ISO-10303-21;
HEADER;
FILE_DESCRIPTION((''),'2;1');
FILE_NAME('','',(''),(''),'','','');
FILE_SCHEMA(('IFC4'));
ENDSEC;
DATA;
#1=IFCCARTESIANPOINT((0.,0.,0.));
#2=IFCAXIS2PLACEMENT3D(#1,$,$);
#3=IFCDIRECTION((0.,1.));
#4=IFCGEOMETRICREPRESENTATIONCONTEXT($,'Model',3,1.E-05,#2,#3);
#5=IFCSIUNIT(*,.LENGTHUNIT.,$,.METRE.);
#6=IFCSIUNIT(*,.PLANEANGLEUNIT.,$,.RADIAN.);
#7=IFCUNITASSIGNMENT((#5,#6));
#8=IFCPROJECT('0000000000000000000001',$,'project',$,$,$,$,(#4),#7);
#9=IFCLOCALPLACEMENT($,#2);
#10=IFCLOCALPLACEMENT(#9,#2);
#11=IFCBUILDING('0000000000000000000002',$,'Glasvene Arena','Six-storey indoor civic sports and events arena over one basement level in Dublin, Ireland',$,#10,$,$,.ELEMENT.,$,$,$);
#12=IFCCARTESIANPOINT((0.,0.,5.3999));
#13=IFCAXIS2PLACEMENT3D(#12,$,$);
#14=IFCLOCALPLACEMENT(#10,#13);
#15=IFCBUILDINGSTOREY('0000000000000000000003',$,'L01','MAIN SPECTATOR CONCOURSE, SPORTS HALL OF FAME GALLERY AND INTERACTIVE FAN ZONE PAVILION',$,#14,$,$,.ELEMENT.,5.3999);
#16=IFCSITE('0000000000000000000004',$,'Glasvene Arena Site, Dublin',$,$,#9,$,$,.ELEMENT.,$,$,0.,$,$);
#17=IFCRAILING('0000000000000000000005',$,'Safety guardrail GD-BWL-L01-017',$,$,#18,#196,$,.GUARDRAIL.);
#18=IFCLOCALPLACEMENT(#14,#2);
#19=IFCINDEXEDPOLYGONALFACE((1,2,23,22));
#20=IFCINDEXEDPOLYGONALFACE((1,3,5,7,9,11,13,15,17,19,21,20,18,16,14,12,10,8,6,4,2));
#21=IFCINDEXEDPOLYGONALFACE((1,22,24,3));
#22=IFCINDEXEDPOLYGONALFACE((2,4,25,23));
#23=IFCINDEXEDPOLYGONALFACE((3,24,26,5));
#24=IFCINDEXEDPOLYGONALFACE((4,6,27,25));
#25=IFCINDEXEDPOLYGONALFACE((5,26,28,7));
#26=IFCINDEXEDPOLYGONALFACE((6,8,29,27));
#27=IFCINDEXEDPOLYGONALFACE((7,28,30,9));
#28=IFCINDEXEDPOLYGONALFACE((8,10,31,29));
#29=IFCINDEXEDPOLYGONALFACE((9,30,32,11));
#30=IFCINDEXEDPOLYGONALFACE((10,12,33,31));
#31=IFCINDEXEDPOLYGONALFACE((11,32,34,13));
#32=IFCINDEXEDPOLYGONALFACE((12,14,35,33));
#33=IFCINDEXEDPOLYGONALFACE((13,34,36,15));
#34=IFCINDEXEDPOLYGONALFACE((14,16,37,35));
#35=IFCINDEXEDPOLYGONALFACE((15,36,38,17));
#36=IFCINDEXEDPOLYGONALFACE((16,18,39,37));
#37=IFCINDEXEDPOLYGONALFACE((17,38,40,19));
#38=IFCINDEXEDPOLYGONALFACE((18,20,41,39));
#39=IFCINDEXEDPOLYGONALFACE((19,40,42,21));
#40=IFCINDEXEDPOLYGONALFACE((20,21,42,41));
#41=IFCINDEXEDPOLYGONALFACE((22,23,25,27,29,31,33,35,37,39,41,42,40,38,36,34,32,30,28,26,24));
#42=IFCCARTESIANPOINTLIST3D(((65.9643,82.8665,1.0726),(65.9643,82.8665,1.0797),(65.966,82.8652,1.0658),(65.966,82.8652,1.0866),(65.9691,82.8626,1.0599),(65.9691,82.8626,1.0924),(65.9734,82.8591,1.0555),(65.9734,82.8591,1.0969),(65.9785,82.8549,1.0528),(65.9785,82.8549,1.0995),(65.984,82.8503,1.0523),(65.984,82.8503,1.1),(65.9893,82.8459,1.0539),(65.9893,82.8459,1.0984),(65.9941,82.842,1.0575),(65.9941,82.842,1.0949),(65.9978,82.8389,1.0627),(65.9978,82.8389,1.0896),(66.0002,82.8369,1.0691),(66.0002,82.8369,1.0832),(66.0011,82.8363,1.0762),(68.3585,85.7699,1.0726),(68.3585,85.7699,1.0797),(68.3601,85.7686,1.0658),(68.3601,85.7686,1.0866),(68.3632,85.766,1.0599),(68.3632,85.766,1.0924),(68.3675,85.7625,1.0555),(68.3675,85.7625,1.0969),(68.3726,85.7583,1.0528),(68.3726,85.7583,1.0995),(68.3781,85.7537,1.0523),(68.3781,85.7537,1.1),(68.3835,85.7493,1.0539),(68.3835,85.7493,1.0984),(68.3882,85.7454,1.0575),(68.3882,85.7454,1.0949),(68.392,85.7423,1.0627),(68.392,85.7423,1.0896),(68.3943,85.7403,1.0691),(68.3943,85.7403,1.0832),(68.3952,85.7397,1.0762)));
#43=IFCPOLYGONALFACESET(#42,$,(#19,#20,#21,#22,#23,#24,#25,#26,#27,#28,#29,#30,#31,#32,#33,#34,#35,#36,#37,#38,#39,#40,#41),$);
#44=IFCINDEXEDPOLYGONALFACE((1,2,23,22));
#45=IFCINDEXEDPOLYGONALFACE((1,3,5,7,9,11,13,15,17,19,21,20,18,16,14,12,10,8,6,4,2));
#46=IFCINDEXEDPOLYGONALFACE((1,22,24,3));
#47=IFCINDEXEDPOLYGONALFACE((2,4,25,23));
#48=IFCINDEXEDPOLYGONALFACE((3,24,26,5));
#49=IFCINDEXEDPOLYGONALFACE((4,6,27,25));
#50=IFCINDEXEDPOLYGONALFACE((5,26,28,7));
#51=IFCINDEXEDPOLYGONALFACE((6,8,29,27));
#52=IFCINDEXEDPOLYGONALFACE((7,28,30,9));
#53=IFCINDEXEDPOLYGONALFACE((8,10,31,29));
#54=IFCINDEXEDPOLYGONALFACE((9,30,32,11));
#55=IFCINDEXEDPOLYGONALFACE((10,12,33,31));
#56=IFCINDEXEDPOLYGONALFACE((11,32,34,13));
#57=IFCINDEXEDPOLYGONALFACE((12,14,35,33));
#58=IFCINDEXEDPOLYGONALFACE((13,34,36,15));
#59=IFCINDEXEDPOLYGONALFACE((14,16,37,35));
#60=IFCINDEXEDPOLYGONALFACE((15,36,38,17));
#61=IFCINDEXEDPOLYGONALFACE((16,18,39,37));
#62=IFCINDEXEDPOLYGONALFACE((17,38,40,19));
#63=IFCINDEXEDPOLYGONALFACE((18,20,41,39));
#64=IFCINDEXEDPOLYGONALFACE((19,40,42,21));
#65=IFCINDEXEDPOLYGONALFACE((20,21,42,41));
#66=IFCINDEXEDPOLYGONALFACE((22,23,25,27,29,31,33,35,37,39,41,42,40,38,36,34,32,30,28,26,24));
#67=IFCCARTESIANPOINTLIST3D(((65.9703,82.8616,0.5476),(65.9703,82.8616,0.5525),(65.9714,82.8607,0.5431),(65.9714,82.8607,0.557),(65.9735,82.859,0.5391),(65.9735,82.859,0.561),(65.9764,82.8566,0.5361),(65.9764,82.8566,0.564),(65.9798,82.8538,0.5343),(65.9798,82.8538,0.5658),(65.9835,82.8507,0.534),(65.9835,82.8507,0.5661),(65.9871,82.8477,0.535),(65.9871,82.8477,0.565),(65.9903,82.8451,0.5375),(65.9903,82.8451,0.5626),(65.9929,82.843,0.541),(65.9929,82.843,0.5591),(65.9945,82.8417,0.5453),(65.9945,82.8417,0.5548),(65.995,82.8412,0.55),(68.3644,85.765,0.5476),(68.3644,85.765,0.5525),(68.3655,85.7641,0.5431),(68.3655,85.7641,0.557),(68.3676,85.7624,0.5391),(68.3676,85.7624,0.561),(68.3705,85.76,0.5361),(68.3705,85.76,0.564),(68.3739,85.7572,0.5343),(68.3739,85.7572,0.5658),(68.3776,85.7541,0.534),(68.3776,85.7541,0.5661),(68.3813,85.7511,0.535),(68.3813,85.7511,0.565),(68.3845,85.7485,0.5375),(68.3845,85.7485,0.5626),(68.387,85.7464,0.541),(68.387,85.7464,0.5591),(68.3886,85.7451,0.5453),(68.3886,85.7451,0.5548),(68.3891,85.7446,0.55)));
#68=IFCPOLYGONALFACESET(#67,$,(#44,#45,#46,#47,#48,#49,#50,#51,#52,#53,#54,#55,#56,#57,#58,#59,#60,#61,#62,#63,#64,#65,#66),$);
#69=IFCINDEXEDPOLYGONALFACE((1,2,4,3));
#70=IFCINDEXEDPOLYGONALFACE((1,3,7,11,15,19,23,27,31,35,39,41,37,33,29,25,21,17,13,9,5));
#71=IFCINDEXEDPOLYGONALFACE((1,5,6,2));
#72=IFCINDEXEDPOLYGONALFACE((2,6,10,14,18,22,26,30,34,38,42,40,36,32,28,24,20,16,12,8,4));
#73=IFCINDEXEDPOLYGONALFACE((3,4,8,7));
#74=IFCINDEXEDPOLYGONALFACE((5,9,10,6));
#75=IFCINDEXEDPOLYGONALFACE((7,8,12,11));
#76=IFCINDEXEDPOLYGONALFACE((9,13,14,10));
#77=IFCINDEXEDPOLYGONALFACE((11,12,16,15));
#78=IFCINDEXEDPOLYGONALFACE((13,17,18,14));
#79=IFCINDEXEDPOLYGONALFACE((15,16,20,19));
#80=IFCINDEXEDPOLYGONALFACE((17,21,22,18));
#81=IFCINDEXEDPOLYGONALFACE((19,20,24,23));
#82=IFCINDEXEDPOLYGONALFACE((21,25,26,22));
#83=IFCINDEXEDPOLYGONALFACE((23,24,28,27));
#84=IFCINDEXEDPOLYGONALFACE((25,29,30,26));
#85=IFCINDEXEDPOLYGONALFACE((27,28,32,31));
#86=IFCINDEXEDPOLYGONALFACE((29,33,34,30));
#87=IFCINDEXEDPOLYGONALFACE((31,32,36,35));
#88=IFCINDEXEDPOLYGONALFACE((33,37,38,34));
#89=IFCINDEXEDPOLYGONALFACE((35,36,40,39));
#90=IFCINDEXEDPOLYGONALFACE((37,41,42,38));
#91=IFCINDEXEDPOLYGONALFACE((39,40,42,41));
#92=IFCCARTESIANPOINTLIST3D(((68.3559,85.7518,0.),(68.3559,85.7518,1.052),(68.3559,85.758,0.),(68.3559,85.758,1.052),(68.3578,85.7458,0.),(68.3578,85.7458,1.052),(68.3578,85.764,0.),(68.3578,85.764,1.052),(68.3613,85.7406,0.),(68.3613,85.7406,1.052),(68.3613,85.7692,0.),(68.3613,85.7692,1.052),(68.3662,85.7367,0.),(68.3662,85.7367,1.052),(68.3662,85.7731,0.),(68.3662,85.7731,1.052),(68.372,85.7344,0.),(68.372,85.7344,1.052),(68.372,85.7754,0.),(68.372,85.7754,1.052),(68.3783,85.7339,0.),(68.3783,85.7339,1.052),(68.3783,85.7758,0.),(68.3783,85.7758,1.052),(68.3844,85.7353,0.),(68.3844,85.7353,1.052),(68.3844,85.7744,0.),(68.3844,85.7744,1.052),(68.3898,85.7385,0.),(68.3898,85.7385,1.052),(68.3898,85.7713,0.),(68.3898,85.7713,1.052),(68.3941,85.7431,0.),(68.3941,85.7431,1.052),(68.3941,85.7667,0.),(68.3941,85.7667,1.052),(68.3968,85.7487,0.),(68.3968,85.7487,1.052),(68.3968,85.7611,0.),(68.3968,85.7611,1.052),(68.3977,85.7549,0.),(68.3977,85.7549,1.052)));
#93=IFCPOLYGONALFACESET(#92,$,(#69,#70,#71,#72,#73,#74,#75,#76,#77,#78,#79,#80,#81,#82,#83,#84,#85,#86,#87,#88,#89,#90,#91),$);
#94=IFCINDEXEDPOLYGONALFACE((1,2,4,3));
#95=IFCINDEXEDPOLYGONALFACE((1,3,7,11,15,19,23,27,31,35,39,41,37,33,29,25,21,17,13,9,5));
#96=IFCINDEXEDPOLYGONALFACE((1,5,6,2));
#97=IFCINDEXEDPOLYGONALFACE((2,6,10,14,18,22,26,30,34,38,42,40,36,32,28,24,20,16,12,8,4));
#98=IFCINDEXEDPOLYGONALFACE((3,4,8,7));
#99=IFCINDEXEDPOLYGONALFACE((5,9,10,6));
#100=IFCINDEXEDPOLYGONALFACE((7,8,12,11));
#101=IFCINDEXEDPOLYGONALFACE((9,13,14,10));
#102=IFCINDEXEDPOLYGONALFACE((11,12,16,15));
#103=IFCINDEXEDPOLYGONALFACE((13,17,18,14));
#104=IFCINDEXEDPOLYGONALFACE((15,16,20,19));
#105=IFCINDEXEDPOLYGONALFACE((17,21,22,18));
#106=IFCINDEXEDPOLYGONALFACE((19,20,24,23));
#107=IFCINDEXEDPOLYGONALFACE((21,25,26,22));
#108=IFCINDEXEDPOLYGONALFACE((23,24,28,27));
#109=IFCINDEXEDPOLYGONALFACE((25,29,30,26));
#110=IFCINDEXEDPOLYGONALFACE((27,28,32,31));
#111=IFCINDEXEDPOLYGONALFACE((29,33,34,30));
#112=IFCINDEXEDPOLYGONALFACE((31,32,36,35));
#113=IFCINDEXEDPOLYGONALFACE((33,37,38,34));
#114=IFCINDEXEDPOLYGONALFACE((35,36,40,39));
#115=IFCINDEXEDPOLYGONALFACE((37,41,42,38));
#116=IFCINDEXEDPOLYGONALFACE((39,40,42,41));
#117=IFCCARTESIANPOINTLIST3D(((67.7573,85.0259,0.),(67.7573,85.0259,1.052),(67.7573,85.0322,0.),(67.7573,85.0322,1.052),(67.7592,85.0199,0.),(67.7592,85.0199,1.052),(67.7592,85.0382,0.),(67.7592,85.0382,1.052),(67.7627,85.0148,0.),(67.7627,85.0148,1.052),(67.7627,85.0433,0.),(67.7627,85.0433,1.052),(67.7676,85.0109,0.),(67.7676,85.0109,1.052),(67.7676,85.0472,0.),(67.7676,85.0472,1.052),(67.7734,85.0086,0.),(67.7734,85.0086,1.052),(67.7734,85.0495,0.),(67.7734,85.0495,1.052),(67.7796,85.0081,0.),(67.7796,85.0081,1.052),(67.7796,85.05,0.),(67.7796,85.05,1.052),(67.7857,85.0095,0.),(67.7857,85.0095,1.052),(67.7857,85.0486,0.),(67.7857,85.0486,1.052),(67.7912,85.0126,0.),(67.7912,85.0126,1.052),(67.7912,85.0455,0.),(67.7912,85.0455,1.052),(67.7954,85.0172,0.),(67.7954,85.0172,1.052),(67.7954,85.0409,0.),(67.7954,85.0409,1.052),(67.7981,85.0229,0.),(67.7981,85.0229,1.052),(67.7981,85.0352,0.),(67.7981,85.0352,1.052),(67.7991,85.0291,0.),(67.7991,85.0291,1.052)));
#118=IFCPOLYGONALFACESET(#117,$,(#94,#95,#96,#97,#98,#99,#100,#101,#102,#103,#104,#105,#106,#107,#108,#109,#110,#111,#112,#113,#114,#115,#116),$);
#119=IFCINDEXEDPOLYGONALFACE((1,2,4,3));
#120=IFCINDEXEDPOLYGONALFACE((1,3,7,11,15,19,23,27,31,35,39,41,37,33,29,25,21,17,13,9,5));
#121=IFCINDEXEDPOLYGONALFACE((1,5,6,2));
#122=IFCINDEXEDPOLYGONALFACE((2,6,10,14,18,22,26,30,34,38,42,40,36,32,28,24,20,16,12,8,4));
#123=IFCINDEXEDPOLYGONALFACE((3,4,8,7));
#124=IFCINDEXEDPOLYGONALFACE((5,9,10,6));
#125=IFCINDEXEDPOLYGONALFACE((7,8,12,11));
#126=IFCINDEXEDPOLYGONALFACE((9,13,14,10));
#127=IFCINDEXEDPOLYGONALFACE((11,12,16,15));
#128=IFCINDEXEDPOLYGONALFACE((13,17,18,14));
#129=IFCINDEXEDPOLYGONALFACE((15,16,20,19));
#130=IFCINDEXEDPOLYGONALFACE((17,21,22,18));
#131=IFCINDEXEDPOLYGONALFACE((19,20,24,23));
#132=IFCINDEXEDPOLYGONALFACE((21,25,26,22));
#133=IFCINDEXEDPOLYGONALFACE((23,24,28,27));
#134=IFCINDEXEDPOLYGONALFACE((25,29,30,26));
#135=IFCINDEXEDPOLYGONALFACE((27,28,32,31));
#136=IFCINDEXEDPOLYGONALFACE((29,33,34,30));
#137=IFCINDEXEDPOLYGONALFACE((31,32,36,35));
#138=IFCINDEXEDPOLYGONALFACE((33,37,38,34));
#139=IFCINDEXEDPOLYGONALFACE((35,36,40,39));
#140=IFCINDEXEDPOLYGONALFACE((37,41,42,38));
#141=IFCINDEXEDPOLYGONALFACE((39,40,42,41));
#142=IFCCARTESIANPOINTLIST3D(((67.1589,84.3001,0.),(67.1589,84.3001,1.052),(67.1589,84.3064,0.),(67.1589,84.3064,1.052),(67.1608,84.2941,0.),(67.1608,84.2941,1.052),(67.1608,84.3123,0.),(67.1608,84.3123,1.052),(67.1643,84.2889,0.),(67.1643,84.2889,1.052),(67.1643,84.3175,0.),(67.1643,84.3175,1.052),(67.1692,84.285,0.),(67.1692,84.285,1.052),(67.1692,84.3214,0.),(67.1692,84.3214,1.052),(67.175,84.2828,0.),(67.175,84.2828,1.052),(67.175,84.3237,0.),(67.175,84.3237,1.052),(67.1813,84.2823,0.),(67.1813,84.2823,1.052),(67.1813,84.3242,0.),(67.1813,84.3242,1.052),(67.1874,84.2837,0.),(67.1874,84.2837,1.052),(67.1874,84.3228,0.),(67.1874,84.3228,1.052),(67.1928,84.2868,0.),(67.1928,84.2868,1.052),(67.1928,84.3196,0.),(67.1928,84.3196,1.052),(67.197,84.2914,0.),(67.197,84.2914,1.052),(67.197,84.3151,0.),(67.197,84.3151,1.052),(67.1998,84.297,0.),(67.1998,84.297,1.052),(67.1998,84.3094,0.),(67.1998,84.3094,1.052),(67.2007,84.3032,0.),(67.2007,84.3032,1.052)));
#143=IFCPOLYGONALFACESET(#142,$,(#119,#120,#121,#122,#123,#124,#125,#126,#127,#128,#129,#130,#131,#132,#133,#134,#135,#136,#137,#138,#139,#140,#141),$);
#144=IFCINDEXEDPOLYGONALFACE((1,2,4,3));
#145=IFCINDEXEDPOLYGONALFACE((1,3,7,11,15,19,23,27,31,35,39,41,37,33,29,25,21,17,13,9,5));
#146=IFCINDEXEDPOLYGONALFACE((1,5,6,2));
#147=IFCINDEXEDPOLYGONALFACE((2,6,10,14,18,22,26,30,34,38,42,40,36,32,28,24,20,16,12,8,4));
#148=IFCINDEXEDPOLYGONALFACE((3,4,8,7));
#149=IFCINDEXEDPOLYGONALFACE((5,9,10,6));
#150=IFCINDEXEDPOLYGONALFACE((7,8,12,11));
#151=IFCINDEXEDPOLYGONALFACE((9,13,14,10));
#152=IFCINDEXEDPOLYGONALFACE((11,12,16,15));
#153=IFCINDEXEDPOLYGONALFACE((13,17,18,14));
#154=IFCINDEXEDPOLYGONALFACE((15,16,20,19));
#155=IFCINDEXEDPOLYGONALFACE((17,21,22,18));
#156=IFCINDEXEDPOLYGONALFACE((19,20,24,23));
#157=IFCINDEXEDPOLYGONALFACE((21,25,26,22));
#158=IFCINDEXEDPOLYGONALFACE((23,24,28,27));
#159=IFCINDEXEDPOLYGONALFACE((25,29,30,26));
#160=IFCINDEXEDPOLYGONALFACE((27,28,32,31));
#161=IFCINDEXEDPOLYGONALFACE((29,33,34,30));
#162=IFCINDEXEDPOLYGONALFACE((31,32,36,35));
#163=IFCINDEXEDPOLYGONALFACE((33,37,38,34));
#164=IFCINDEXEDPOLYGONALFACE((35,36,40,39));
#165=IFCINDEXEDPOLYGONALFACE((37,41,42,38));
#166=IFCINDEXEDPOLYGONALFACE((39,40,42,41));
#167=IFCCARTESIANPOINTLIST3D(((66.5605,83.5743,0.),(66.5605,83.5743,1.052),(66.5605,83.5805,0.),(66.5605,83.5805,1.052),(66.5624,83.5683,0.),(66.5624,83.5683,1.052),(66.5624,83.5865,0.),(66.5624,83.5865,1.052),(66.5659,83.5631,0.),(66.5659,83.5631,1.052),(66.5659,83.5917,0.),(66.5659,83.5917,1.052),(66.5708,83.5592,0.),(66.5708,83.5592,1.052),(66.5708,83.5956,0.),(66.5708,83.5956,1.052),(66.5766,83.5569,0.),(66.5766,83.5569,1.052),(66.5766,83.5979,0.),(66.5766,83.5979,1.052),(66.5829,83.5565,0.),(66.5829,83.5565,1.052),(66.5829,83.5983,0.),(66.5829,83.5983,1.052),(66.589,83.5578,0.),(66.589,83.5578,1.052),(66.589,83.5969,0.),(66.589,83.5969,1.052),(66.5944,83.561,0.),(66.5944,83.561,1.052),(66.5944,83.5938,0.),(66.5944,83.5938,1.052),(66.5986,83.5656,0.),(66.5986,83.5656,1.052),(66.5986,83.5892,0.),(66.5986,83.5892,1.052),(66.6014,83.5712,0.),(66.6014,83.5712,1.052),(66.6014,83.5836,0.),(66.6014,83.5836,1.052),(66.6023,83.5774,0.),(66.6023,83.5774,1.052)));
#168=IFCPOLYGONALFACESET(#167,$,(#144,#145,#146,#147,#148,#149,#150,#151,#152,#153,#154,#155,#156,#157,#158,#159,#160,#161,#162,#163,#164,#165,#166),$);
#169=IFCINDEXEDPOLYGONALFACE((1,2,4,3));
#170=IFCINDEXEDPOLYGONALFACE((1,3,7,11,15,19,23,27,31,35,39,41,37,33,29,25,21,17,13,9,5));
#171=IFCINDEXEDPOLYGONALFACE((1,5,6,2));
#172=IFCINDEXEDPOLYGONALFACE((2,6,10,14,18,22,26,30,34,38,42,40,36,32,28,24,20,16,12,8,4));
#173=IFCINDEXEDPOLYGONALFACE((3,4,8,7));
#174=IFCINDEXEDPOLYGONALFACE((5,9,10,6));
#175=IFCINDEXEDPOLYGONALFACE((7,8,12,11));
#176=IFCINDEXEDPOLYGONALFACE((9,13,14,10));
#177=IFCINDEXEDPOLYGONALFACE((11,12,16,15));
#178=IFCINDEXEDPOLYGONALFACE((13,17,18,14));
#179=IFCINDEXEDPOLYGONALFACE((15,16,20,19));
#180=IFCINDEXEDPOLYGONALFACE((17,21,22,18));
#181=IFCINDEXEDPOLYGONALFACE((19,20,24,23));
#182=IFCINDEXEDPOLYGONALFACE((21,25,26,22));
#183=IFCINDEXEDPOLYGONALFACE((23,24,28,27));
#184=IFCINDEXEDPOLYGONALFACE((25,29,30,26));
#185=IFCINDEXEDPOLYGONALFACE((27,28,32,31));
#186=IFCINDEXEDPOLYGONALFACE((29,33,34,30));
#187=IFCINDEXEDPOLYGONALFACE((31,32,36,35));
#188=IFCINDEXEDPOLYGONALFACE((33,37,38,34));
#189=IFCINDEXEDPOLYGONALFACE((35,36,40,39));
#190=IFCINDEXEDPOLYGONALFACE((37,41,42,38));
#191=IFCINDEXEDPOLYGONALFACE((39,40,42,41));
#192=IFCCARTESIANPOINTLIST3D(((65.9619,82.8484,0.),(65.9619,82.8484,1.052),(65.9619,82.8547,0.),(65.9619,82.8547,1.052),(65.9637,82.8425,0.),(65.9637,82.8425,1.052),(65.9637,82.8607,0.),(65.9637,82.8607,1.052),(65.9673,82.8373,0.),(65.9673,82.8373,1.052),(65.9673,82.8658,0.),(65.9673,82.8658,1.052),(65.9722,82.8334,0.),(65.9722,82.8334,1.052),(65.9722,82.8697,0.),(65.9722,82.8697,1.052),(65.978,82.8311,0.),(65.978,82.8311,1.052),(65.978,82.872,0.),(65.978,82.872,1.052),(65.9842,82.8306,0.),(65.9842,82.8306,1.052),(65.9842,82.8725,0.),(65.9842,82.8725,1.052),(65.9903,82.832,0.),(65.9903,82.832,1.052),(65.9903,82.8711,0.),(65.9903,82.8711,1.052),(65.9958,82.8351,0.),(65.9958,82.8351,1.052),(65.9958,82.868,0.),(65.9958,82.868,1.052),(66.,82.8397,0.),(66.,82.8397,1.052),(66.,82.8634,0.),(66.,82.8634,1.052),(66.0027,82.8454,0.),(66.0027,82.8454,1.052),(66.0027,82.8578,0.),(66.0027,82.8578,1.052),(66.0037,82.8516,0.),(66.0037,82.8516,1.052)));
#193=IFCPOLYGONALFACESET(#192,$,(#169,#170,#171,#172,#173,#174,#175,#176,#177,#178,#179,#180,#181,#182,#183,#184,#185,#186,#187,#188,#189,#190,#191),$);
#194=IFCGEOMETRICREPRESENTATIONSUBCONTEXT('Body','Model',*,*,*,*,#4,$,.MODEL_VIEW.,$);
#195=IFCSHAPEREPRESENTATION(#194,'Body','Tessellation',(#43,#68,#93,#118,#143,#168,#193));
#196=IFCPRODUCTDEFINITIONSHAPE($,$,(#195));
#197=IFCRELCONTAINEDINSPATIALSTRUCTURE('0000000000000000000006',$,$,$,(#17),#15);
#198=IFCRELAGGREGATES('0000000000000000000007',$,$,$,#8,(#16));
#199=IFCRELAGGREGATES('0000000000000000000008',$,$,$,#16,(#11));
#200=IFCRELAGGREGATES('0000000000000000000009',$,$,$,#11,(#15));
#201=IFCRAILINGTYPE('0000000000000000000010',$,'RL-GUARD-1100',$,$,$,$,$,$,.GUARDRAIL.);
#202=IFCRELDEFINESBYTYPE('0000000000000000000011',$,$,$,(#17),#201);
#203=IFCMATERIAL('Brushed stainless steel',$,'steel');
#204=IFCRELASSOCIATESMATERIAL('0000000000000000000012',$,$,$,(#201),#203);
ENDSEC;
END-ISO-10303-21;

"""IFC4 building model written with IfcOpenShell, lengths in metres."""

from ifc_helpers import new_model, si_unit, direction, frame, origin, origin_2d, place, context, subcontext, project, spatial, circle, extrude, material, type_object, element, save


model = new_model("IFC4")

# Units and contexts
model_context = context("Model", 3, precision=1e-05, world=origin(), true_north=direction((0.0, 1.0)))
body_context = subcontext(model_context, "Body", "Model", "MODEL_VIEW")
ifc_project = project(units=[si_unit("LENGTHUNIT", "METRE"), si_unit("PLANEANGLEUNIT", "RADIAN")], contexts=[model_context])

# Site, building, storey
site_placement = place(None, origin())
site = spatial("IfcSite", under=ifc_project, at=site_placement, Name="Glasvene Arena Site, Dublin", CompositionType="ELEMENT", RefElevation=0.0)
building_placement = place(site_placement, origin())
building = spatial("IfcBuilding", under=site, at=building_placement, Name="Glasvene Arena", Description="Six-storey indoor civic sports and events arena over one basement level in Dublin, Ireland", CompositionType="ELEMENT")
storey_placement = place(building_placement, frame((0.0, 0.0, 5.3999)))
storey = spatial("IfcBuildingStorey", under=building, at=storey_placement, Name="L01", Description="MAIN SPECTATOR CONCOURSE, SPORTS HALL OF FAME GALLERY AND INTERACTIVE FAN ZONE PAVILION", CompositionType="ELEMENT", Elevation=5.3999)

# Railing
ifc_material_1 = material(Name="Brushed stainless steel", Category="steel")
railing_type = type_object("IfcRailingType", Name="RL-GUARD-1100", PredefinedType="GUARDRAIL", material=ifc_material_1)
railing_1_placement = place(storey_placement, frame((68.3767, 85.7549, 0.0)))
element("IfcRailing", 1, at=railing_1_placement, inside=storey, type_object=railing_type, Name="Safety guardrail GD-BWL-L01-017", PredefinedType="GUARDRAIL", context=body_context, shape_type="SweptSolid", body=[
    extrude(circle(Radius=0.0239, at=origin_2d()), frame((0.0, 0.0, 1.0762), z_axis=(-0.636194, -0.771529, 0.0), x_axis=(0.771529, -0.636194, 0.0)), (0.0, 0.0, 1.0), 3.7632),
    extrude(circle(Radius=0.0161, at=origin_2d()), frame((0.0, 0.0, 0.55), z_axis=(-0.636194, -0.771529, 0.0), x_axis=(0.771529, -0.636194, 0.0)), (0.0, 0.0, 1.0), 3.7632),
    extrude(circle(Radius=0.021, at=origin_2d()), origin(), (0.0, 0.0, 1.0), 1.052),
    extrude(circle(Radius=0.021, at=origin_2d()), frame((-0.5986, -0.7258, 0.0)), (0.0, 0.0, 1.0), 1.052),
    extrude(circle(Radius=0.021, at=origin_2d()), frame((-1.197, -1.4517, 0.0)), (0.0, 0.0, 1.0), 1.052),
    extrude(circle(Radius=0.021, at=origin_2d()), frame((-1.7954, -2.1775, 0.0)), (0.0, 0.0, 1.0), 1.052),
    extrude(circle(Radius=0.021, at=origin_2d()), frame((-2.394, -2.9033, 0.0)), (0.0, 0.0, 1.0), 1.052),
])

save(model, "model.ifc")
